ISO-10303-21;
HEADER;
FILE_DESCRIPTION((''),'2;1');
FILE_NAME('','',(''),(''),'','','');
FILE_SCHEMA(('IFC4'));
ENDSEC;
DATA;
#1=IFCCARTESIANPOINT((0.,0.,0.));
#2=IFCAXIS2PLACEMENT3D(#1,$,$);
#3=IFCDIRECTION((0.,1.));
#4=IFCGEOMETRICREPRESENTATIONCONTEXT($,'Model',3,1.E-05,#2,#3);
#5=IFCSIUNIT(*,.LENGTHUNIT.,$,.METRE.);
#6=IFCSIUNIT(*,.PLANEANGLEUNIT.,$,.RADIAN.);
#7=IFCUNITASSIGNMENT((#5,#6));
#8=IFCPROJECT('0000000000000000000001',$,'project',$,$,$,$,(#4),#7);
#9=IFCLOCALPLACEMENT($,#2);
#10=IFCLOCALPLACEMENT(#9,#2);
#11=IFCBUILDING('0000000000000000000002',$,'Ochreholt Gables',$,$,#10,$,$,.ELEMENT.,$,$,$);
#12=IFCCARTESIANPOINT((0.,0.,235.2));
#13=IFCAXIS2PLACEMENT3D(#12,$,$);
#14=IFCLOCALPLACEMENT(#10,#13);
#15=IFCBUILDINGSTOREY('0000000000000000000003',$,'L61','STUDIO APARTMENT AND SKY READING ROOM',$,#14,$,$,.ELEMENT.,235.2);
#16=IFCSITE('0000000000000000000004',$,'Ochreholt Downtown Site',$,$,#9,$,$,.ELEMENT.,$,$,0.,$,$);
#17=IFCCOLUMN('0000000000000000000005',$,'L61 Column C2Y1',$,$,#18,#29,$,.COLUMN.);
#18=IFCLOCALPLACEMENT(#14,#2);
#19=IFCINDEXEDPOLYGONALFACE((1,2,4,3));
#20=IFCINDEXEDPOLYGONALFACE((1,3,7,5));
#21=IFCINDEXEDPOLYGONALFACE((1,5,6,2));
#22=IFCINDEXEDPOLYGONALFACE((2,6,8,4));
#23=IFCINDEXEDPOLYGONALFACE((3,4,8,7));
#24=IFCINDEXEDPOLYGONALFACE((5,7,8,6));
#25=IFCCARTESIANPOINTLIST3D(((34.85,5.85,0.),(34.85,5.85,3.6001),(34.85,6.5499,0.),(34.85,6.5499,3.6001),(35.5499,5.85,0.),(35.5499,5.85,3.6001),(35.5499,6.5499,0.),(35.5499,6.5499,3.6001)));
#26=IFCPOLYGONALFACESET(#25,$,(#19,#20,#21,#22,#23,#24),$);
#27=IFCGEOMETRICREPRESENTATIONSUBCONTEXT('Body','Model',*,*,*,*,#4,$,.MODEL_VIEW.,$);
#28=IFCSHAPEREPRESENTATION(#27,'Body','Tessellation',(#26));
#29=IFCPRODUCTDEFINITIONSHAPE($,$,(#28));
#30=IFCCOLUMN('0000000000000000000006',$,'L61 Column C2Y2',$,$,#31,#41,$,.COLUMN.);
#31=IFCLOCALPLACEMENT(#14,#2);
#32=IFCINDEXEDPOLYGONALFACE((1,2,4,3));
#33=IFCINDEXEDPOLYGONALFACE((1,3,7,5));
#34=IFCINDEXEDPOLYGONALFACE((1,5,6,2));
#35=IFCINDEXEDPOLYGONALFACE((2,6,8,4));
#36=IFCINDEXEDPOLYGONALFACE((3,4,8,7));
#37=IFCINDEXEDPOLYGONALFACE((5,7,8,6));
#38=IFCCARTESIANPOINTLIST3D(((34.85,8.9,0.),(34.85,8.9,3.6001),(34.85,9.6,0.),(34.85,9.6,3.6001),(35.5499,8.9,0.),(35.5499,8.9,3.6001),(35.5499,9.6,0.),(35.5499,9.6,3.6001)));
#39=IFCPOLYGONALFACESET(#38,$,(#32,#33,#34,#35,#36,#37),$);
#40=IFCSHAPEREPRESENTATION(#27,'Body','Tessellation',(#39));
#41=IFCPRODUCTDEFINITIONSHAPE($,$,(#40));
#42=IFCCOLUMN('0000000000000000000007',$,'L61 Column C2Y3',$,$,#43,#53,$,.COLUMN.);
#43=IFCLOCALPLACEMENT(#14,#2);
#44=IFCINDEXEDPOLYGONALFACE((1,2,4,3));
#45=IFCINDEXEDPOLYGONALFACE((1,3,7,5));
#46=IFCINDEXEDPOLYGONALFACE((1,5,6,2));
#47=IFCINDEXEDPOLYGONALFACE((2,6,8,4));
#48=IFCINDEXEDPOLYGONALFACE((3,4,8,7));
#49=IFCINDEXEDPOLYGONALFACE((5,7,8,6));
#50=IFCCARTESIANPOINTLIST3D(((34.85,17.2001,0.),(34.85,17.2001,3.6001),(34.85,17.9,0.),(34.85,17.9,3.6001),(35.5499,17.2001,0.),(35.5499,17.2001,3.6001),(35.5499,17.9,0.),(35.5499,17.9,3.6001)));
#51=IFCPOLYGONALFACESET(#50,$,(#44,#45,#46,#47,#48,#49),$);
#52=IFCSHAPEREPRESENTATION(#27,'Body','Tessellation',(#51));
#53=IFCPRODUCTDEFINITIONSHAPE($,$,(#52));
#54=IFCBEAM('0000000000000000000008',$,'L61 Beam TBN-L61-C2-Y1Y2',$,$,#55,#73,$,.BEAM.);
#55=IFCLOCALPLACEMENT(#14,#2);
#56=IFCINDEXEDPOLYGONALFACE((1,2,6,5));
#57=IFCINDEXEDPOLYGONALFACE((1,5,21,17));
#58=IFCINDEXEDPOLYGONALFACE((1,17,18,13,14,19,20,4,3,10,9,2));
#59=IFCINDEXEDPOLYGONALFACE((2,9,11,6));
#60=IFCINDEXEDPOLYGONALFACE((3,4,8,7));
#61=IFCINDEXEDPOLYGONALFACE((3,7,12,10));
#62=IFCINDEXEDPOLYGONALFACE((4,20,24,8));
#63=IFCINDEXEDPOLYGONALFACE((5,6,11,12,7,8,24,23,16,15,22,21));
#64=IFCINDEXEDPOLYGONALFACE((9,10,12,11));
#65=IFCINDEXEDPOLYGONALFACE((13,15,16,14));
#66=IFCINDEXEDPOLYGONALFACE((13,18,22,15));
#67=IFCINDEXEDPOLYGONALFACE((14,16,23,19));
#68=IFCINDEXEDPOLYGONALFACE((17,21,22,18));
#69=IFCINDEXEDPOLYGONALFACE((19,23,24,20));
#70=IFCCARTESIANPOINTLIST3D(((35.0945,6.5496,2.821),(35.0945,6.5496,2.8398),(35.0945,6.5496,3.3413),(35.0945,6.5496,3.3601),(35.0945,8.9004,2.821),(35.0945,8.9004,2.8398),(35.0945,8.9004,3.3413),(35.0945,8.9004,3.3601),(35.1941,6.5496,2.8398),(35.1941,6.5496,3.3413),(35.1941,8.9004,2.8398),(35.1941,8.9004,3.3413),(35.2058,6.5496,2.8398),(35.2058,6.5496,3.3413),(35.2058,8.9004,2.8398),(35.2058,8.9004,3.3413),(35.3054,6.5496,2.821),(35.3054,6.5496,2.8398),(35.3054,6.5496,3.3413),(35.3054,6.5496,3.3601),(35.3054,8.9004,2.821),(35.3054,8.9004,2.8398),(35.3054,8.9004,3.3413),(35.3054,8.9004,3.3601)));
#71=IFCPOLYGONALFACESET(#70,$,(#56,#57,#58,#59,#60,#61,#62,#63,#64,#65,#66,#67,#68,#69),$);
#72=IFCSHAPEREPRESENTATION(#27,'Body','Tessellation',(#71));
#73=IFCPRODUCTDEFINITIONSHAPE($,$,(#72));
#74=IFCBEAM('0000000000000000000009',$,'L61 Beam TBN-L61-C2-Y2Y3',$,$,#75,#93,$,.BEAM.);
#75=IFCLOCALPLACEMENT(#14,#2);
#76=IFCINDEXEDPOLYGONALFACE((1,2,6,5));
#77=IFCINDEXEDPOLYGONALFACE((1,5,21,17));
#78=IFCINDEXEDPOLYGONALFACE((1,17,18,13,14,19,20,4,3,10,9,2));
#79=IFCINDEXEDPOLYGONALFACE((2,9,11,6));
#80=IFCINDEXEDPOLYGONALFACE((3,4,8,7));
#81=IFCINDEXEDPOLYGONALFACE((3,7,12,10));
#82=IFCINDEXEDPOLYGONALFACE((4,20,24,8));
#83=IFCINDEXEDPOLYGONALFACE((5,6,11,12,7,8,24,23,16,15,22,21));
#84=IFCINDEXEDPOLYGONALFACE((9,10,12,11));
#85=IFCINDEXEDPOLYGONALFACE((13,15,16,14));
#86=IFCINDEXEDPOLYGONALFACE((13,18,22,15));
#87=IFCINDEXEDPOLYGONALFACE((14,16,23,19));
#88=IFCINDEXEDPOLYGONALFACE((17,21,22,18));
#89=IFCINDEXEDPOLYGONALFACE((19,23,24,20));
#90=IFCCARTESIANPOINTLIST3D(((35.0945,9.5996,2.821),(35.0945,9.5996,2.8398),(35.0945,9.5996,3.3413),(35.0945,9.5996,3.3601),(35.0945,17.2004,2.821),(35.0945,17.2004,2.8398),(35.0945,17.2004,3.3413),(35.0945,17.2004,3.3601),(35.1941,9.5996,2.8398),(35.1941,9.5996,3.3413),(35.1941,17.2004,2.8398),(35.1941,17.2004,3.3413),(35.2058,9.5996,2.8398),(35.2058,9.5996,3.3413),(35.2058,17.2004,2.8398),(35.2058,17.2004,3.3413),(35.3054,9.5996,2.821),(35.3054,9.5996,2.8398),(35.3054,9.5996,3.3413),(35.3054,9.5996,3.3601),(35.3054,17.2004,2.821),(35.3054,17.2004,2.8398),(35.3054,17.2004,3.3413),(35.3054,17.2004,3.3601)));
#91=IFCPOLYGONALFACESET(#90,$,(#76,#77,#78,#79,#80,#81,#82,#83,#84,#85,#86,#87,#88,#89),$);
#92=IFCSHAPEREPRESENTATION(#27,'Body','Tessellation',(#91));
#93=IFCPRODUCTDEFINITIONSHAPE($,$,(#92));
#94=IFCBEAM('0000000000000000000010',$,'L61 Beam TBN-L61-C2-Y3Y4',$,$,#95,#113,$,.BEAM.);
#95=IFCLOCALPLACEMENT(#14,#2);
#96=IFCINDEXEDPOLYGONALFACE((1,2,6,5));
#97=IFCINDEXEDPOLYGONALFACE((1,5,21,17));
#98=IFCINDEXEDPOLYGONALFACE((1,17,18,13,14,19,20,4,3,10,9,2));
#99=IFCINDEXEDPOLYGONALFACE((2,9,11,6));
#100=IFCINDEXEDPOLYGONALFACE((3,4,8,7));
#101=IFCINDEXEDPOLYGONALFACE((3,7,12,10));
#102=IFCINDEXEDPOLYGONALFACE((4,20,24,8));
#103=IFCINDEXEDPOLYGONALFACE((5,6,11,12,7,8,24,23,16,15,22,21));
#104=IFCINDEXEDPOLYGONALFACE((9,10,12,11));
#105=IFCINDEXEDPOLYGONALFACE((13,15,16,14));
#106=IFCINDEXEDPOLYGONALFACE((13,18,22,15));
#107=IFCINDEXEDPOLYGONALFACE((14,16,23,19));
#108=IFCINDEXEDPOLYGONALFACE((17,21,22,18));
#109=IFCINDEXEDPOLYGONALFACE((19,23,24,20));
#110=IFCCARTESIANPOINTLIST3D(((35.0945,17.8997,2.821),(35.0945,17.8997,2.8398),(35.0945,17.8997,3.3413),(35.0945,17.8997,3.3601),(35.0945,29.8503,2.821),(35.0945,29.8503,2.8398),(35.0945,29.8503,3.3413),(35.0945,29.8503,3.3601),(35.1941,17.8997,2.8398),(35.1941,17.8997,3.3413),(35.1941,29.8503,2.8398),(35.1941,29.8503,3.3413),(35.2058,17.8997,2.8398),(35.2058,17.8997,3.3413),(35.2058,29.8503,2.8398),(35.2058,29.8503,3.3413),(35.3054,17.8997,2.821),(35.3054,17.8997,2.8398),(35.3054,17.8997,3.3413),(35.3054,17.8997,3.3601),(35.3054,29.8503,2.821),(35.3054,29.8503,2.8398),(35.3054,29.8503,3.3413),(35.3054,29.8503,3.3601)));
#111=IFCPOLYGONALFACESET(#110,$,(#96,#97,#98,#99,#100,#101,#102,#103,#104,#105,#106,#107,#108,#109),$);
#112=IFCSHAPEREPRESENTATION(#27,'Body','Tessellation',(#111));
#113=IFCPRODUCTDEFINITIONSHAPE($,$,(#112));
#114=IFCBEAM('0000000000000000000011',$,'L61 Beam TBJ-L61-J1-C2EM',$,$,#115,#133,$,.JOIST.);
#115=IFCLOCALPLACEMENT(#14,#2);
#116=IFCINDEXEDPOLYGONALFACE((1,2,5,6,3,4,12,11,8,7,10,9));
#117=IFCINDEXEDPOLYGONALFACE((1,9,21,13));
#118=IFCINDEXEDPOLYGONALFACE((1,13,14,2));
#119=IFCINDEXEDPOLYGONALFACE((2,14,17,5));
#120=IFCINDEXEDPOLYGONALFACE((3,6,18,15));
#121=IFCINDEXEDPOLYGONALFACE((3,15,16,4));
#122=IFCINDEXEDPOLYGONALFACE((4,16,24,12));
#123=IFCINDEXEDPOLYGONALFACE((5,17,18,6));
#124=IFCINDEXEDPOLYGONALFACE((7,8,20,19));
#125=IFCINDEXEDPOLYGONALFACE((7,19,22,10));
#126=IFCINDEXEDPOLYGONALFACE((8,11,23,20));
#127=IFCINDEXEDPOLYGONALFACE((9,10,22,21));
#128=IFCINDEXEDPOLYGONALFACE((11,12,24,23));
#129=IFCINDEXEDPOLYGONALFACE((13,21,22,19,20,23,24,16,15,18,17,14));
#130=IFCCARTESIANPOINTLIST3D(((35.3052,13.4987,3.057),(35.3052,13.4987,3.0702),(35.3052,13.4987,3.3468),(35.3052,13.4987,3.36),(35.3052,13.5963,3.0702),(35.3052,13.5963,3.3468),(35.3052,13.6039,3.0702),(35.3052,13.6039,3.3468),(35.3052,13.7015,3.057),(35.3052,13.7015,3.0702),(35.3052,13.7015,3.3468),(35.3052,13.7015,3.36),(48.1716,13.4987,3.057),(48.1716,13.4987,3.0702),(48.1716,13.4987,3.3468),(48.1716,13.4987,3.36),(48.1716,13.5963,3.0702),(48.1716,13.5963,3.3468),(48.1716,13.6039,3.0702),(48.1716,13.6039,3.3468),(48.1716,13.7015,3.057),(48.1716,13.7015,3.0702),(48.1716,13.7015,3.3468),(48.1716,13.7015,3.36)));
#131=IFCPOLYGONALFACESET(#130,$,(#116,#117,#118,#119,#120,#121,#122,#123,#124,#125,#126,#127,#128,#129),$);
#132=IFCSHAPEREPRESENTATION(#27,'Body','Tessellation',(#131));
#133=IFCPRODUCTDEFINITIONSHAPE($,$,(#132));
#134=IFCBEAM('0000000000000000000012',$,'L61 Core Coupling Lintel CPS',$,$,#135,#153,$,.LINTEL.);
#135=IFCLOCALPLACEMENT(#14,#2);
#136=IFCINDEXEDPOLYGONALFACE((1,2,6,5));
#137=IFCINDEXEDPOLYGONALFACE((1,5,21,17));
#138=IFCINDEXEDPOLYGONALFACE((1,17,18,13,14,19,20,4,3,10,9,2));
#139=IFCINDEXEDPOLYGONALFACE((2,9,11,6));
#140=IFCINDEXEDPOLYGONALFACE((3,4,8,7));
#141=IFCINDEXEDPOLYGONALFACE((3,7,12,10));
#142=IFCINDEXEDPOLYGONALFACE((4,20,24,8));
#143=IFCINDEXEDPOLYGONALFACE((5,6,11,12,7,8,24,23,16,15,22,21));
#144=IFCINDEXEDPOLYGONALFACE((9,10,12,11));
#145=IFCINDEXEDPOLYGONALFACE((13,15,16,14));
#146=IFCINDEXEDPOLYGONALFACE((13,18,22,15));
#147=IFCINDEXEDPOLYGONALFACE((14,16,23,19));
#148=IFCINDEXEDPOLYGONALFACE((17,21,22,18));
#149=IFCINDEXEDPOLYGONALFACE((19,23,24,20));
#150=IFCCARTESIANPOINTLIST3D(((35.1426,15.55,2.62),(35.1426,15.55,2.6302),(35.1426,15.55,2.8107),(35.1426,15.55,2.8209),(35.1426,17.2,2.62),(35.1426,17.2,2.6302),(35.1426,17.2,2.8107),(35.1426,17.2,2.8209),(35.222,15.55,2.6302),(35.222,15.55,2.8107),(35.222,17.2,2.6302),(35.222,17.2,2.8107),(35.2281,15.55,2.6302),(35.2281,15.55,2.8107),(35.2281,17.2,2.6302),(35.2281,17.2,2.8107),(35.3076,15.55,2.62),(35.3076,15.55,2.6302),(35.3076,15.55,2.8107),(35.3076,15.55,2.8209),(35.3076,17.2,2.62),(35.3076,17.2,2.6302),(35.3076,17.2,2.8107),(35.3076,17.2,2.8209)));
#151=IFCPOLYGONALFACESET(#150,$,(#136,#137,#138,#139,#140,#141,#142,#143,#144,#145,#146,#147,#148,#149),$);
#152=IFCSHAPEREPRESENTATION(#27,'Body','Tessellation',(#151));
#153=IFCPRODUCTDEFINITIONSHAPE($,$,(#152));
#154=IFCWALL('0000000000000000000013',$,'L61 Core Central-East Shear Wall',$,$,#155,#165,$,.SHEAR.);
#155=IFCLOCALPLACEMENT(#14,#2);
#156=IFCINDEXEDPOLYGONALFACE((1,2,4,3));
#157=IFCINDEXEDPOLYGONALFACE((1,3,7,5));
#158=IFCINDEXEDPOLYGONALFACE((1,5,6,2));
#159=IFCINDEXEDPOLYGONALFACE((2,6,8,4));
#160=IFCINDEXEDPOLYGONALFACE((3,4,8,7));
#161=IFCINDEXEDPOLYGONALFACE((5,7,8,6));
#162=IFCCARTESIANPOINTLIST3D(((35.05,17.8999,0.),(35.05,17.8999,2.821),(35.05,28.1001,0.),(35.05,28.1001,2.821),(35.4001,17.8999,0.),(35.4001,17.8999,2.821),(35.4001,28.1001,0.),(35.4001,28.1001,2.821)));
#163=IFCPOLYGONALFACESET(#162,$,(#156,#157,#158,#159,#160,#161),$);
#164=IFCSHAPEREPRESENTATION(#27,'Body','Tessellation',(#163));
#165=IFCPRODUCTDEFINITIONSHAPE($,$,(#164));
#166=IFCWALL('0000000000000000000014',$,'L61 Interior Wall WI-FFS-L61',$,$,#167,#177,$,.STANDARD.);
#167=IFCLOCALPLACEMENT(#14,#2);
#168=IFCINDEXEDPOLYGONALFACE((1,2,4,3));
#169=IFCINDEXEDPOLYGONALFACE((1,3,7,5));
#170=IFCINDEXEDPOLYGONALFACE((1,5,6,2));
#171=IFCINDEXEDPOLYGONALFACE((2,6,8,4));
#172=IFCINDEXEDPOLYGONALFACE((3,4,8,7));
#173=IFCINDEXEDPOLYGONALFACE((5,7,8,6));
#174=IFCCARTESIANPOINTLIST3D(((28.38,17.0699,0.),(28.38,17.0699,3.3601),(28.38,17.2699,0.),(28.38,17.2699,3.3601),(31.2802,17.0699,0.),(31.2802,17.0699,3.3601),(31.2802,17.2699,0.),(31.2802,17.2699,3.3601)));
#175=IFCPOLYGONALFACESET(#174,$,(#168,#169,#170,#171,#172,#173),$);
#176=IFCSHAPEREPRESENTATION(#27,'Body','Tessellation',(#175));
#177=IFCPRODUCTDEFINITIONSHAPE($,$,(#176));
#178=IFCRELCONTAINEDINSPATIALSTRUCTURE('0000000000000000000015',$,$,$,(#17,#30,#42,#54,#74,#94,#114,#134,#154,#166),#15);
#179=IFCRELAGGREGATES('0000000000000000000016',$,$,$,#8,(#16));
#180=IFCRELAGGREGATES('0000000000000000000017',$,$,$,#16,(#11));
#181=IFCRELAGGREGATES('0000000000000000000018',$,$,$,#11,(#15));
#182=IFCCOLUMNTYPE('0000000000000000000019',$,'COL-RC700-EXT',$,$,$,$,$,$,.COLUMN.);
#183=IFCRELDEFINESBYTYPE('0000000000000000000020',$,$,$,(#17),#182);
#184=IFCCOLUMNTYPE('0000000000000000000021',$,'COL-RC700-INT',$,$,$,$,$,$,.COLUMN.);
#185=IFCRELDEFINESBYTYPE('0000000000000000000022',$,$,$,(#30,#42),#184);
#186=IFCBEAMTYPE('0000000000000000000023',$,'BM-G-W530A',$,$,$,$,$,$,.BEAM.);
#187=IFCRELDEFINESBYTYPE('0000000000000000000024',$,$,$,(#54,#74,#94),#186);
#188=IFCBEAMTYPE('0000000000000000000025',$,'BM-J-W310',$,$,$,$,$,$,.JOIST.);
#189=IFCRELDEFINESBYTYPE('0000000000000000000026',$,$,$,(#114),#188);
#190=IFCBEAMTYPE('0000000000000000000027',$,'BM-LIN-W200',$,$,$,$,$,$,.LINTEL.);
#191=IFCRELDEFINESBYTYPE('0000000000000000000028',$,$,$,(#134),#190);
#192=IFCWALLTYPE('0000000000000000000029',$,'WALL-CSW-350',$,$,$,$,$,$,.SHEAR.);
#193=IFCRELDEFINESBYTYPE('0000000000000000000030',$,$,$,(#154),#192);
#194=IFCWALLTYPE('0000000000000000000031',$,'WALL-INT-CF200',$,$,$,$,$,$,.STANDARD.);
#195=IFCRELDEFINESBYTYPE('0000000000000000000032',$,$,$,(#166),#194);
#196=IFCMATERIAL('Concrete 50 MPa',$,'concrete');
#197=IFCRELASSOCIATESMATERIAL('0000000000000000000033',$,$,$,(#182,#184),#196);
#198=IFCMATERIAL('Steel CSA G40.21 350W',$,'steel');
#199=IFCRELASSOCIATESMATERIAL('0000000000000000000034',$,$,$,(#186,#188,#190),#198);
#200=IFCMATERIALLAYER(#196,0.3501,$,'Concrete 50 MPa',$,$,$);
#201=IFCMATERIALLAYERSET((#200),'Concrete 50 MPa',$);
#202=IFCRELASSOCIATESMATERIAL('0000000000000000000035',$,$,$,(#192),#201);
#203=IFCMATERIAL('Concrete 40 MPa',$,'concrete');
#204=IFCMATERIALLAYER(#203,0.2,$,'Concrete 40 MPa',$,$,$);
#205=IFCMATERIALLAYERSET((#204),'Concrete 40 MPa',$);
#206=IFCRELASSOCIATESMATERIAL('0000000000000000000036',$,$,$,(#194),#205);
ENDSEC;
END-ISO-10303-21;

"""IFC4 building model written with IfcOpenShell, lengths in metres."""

from ifc_helpers import new_model, si_unit, direction, frame, frame_2d, origin, origin_2d, place, context, subcontext, project, spatial, rectangle, i_section, extrude, material, layer, layer_set, material_profile, profile_set, type_object, element, save


model = new_model("IFC4")

# Units and contexts
model_context = context("Model", 3, precision=1e-05, world=origin(), true_north=direction((0.0, 1.0)))
body_context = subcontext(model_context, "Body", "Model", "MODEL_VIEW")
ifc_project = project(units=[si_unit("LENGTHUNIT", "METRE"), si_unit("PLANEANGLEUNIT", "RADIAN")], contexts=[model_context])

# Site, building, storey
site_placement = place(None, origin())
site = spatial("IfcSite", under=ifc_project, at=site_placement, Name="Ochreholt Downtown Site", CompositionType="ELEMENT", RefElevation=0.0)
building_placement = place(site_placement, origin())
building = spatial("IfcBuilding", under=site, at=building_placement, Name="Ochreholt Gables", CompositionType="ELEMENT")
storey_placement = place(building_placement, frame((0.0, 0.0, 235.2)))
storey = spatial("IfcBuildingStorey", under=building, at=storey_placement, Name="L61", Description="STUDIO APARTMENT AND SKY READING ROOM", CompositionType="ELEMENT", Elevation=235.2)

# Columns
ifc_material_1 = material(Name="Concrete 50 MPa", Category="concrete")
ifc_material_profile_1 = material_profile(ifc_material_1, rectangle(XDim=0.7, YDim=0.7, at=origin_2d()), Name="RC700X700")
ifc_profile_set_1 = profile_set([ifc_material_profile_1], Name="Concrete 50 MPa")
column_type_1 = type_object("IfcColumnType", Name="COL-RC700-EXT", PredefinedType="COLUMN", material=ifc_profile_set_1)
column_placement = place(storey_placement, frame((35.2, 6.2, 0.0), z_axis=(0.0, 0.0, 1.0), x_axis=(1.0, 0.0, 0.0)))
element("IfcColumn", 1, at=column_placement, inside=storey, type_object=column_type_1, Name="L61 Column C2Y1", PredefinedType="COLUMN", context=body_context, shape_type="SweptSolid", body=[
    extrude(rectangle(XDim=0.7, YDim=0.7, at=origin_2d()), origin(), (0.0, 0.0, 1.0), 3.6001),
])
ifc_material_profile_2 = material_profile(ifc_material_1, rectangle(XDim=0.7, YDim=0.7, at=origin_2d()), Name="RC700X700")
ifc_profile_set_2 = profile_set([ifc_material_profile_2], Name="Concrete 50 MPa")
column_type_2 = type_object("IfcColumnType", Name="COL-RC700-INT", PredefinedType="COLUMN", material=ifc_profile_set_2)
for number, where, z_axis, x_axis, name in (
    (2, (35.2, 9.25, 0.0), (0.0, 0.0, 1.0), (1.0, 0.0, 0.0), "L61 Column C2Y2"),
    (3, (35.2, 17.55, 0.0), (0.0, 0.0, 1.0), (1.0, 0.0, 0.0), "L61 Column C2Y3"),
):
    element("IfcColumn", number, at=place(storey_placement, frame(where, z_axis=z_axis, x_axis=x_axis)), inside=storey, type_object=column_type_2, Name=name, PredefinedType="COLUMN", context=body_context, shape_type="SweptSolid", body=[
        extrude(rectangle(XDim=0.7, YDim=0.7, at=origin_2d()), origin(), (0.0, 0.0, 1.0), 3.6001),
    ])

# Beams
ifc_material_2 = material(Name="Steel CSA G40.21 350W", Category="steel")
ifc_material_profile_3 = material_profile(ifc_material_2, i_section(OverallWidth=0.2109, OverallDepth=0.5391, WebThickness=0.0117, FlangeThickness=0.0188, at=origin_2d()), Name="W530X109")
ifc_profile_set_3 = profile_set([ifc_material_profile_3], Name="Steel CSA G40.21 350W")
beam_type_1 = type_object("IfcBeamType", Name="BM-G-W530A", PredefinedType="BEAM", material=ifc_profile_set_3)
beam_1_placement = place(storey_placement, frame((35.2, 6.5496, 3.0906), z_axis=(0.0, 1.0, 0.0), x_axis=(-1.0, 0.0, 0.0)))
element("IfcBeam", 4, at=beam_1_placement, inside=storey, type_object=beam_type_1, Name="L61 Beam TBN-L61-C2-Y1Y2", PredefinedType="BEAM", context=body_context, shape_type="SweptSolid", body=[
    extrude(i_section(OverallWidth=0.2109, OverallDepth=0.5391, WebThickness=0.0117, FlangeThickness=0.0188, at=origin_2d()), origin(), (0.0, 0.0, 1.0), 2.3508),
])
beam_2_placement = place(storey_placement, frame((35.2, 9.5996, 3.0906), z_axis=(0.0, 1.0, 0.0), x_axis=(-1.0, 0.0, 0.0)))
element("IfcBeam", 5, at=beam_2_placement, inside=storey, type_object=beam_type_1, Name="L61 Beam TBN-L61-C2-Y2Y3", PredefinedType="BEAM", context=body_context, shape_type="SweptSolid", body=[
    extrude(i_section(OverallWidth=0.2109, OverallDepth=0.5391, WebThickness=0.0117, FlangeThickness=0.0188, at=origin_2d()), origin(), (0.0, 0.0, 1.0), 7.6008),
])
beam_3_placement = place(storey_placement, frame((35.2, 17.8997, 3.0906), z_axis=(0.0, 1.0, 0.0), x_axis=(-1.0, 0.0, 0.0)))
element("IfcBeam", 6, at=beam_3_placement, inside=storey, type_object=beam_type_1, Name="L61 Beam TBN-L61-C2-Y3Y4", PredefinedType="BEAM", context=body_context, shape_type="SweptSolid", body=[
    extrude(i_section(OverallWidth=0.2109, OverallDepth=0.5391, WebThickness=0.0117, FlangeThickness=0.0188, at=origin_2d()), origin(), (0.0, 0.0, 1.0), 11.9507),
])
ifc_material_profile_4 = material_profile(ifc_material_2, i_section(OverallWidth=0.2029, OverallDepth=0.303, WebThickness=0.0076, FlangeThickness=0.0132, at=origin_2d()), Name="W310X60")
ifc_profile_set_4 = profile_set([ifc_material_profile_4], Name="Steel CSA G40.21 350W")
beam_type_2 = type_object("IfcBeamType", Name="BM-J-W310", PredefinedType="JOIST", material=ifc_profile_set_4)
beam_4_placement = place(storey_placement, frame((35.3052, 13.6001, 3.2085), z_axis=(1.0, 0.0, 0.0), x_axis=(0.0, 1.0, 0.0)))
element("IfcBeam", 7, at=beam_4_placement, inside=storey, type_object=beam_type_2, Name="L61 Beam TBJ-L61-J1-C2EM", PredefinedType="JOIST", context=body_context, shape_type="SweptSolid", body=[
    extrude(i_section(OverallWidth=0.2029, OverallDepth=0.303, WebThickness=0.0076, FlangeThickness=0.0132, at=origin_2d()), origin(), (0.0, 0.0, 1.0), 12.8665),
])
ifc_material_profile_5 = material_profile(ifc_material_2, i_section(OverallWidth=0.165, OverallDepth=0.2009, WebThickness=0.0061, FlangeThickness=0.0103, at=origin_2d()), Name="W200X36")
ifc_profile_set_5 = profile_set([ifc_material_profile_5], Name="Steel CSA G40.21 350W")
beam_type_3 = type_object("IfcBeamType", Name="BM-LIN-W200", PredefinedType="LINTEL", material=ifc_profile_set_5)
beam_5_placement = place(storey_placement, frame((35.2251, 15.55, 2.7205), z_axis=(0.0, 1.0, 0.0), x_axis=(-1.0, 0.0, 0.0)))
element("IfcBeam", 8, at=beam_5_placement, inside=storey, type_object=beam_type_3, Name="L61 Core Coupling Lintel CPS", PredefinedType="LINTEL", context=body_context, shape_type="SweptSolid", body=[
    extrude(i_section(OverallWidth=0.165, OverallDepth=0.2009, WebThickness=0.0061, FlangeThickness=0.0103, at=origin_2d()), origin(), (0.0, 0.0, 1.0), 1.6499),
])

# Walls
ifc_layer_1 = layer(ifc_material_1, 0.3501, Name="Concrete 50 MPa")
ifc_layer_set_1 = layer_set([ifc_layer_1], Name="Concrete 50 MPa")
wall_type_1 = type_object("IfcWallType", Name="WALL-CSW-350", PredefinedType="SHEAR", material=ifc_layer_set_1)
wall_1_placement = place(storey_placement, frame((35.2251, 17.8999, 0.0), z_axis=(0.0, 0.0, 1.0), x_axis=(0.0, 1.0, 0.0)))
element("IfcWall", 9, at=wall_1_placement, inside=storey, type_object=wall_type_1, Name="L61 Core Central-East Shear Wall", PredefinedType="SHEAR", context=body_context, shape_type="SweptSolid", body=[
    extrude(rectangle(XDim=10.2002, YDim=0.3501, at=frame_2d((5.1001, 0.0))), origin(), (0.0, 0.0, 1.0), 2.821),
])
ifc_material_3 = material(Name="Concrete 40 MPa", Category="concrete")
ifc_layer_2 = layer(ifc_material_3, 0.2, Name="Concrete 40 MPa")
ifc_layer_set_2 = layer_set([ifc_layer_2], Name="Concrete 40 MPa")
wall_type_2 = type_object("IfcWallType", Name="WALL-INT-CF200", PredefinedType="STANDARD", material=ifc_layer_set_2)
wall_2_placement = place(storey_placement, frame((28.3799, 17.1699, 0.0), z_axis=(0.0, 0.0, 1.0), x_axis=(1.0, 0.0, 0.0)))
element("IfcWall", 10, at=wall_2_placement, inside=storey, type_object=wall_type_2, Name="L61 Interior Wall WI-FFS-L61", PredefinedType="STANDARD", context=body_context, shape_type="SweptSolid", body=[
    extrude(rectangle(XDim=2.9001, YDim=0.2, at=frame_2d((1.4502, 0.0))), origin(), (0.0, 0.0, 1.0), 3.3601),
])

save(model, "model.ifc")
